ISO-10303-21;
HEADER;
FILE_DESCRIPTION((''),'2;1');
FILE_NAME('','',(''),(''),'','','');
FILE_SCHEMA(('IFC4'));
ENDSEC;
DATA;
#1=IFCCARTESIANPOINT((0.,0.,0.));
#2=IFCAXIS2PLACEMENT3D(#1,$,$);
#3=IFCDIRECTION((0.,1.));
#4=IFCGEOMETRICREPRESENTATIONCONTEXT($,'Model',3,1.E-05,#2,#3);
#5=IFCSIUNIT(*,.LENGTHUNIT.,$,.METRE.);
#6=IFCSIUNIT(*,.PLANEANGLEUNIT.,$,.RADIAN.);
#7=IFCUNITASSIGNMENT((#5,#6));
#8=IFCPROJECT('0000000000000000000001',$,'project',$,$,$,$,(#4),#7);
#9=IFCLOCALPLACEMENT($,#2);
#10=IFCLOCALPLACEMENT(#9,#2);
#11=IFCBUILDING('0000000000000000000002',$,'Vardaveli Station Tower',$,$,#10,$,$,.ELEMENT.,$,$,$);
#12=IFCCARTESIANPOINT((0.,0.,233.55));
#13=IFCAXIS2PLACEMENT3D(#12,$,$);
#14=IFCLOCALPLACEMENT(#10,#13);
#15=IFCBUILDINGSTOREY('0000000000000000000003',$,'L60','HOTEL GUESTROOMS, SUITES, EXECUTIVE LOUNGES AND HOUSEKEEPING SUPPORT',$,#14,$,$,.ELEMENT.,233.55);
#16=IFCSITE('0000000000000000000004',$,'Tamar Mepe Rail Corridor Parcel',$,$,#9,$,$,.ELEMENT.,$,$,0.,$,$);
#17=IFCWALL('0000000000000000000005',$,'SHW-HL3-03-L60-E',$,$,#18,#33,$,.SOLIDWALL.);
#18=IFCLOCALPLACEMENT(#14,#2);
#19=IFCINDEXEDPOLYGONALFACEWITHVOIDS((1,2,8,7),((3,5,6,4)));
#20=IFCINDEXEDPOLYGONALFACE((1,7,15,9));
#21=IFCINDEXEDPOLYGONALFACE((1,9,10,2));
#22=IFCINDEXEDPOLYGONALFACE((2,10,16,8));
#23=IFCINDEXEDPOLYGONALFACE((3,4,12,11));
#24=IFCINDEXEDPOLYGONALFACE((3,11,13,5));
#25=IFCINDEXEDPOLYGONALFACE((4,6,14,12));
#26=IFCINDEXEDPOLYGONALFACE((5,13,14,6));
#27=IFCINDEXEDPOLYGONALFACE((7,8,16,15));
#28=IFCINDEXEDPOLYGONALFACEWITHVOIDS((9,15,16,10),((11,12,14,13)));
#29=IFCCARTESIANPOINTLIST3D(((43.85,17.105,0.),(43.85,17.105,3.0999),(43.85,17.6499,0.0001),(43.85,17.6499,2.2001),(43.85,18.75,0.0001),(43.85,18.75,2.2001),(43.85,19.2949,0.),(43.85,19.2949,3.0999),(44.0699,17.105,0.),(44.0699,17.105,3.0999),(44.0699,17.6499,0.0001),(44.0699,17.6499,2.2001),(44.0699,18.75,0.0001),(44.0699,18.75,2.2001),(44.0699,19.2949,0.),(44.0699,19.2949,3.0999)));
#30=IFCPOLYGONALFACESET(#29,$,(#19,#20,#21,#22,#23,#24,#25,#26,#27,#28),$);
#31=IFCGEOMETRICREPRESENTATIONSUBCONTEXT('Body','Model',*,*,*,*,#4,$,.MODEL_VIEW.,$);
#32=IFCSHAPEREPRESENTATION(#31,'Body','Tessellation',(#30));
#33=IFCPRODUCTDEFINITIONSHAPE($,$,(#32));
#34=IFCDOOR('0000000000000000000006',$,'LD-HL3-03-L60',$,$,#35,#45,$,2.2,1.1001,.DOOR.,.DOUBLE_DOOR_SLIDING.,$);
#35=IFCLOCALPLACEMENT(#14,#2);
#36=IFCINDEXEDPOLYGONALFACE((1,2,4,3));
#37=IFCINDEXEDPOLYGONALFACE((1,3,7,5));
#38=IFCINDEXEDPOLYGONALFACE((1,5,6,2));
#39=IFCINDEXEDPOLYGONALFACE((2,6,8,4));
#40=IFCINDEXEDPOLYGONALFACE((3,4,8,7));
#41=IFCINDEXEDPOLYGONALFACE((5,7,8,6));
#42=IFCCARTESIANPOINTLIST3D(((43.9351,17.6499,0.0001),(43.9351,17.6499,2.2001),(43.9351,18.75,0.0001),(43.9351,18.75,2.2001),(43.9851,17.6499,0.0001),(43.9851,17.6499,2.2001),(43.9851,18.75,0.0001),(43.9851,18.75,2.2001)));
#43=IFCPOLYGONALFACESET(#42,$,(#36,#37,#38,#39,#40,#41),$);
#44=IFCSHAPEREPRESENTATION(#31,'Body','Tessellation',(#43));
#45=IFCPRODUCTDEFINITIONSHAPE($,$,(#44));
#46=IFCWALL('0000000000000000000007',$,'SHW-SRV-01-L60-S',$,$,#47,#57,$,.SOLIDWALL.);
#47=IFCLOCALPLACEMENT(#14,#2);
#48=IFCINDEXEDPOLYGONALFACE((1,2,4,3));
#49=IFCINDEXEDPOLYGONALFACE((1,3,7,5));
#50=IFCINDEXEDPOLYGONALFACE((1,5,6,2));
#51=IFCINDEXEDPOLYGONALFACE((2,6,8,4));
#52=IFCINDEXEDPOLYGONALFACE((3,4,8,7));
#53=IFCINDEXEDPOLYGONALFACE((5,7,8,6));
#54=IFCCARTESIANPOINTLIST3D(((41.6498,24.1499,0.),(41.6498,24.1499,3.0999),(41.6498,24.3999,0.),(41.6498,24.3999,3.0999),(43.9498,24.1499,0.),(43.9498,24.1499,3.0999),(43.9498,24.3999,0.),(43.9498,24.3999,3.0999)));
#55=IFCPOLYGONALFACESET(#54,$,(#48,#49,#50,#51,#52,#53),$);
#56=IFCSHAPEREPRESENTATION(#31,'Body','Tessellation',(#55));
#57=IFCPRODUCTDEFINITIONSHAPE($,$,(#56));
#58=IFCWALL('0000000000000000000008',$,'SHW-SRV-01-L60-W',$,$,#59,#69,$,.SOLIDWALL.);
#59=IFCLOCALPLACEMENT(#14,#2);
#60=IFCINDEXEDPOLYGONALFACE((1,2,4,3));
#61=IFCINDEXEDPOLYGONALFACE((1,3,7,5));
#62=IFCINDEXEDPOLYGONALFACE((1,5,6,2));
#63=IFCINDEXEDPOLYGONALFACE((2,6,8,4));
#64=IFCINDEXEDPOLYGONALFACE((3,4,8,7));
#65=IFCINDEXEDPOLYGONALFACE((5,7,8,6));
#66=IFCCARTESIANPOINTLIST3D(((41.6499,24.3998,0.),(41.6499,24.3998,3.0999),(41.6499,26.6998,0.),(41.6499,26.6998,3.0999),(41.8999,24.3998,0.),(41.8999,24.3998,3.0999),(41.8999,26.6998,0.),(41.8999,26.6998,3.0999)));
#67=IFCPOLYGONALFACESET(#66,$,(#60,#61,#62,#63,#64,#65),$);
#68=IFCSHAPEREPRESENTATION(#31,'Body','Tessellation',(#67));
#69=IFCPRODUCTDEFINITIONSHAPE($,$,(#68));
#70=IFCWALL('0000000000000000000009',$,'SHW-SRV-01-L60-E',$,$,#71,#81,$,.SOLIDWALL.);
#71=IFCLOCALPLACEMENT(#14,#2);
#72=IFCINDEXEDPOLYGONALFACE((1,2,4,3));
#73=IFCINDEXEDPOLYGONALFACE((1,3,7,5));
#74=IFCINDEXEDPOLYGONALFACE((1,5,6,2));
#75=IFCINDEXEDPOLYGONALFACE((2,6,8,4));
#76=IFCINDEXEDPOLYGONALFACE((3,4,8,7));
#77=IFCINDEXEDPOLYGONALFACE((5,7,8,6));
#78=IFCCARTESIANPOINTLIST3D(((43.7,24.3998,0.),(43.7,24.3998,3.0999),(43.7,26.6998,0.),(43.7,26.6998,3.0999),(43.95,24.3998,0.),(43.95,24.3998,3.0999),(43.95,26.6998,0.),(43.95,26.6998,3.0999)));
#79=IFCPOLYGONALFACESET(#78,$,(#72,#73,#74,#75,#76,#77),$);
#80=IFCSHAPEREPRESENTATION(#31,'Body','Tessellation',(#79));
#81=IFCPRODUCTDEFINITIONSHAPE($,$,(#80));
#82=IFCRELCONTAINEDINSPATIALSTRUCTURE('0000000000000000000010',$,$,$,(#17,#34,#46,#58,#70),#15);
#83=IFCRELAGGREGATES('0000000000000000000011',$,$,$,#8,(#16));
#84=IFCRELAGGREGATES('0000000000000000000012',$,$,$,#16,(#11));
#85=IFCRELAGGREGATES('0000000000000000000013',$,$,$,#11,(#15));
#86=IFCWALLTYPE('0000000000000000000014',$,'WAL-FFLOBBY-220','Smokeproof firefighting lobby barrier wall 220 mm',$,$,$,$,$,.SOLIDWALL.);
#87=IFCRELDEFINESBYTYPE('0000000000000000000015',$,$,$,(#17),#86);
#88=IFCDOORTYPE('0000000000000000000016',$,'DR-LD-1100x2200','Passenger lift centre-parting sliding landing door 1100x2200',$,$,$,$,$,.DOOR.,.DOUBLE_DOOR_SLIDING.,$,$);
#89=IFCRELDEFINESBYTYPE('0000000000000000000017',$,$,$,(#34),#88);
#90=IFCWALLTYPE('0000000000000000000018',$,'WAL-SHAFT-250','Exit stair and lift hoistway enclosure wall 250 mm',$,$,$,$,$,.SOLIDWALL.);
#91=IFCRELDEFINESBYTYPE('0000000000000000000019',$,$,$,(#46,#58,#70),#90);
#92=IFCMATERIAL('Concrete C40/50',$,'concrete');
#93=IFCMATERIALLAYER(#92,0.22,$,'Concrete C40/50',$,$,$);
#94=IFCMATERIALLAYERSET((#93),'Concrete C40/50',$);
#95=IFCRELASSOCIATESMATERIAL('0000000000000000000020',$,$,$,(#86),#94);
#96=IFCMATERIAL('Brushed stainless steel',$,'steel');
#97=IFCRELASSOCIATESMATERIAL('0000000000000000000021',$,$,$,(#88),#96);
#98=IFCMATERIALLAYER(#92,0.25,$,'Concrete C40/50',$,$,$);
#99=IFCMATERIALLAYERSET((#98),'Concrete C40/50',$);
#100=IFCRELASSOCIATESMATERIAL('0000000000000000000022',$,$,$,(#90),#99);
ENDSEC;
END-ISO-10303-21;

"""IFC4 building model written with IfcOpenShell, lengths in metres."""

from ifc_helpers import new_model, si_unit, direction, frame, frame_2d, origin, place, context, subcontext, project, spatial, rectangle, extrude, source, transform, mapped, material, layer, layer_set, type_object, element, fill, save


model = new_model("IFC4")

# Units and contexts
model_context = context("Model", 3, precision=1e-05, world=origin(), true_north=direction((0.0, 1.0)))
body_context = subcontext(model_context, "Body", "Model", "MODEL_VIEW")
ifc_project = project(units=[si_unit("LENGTHUNIT", "METRE"), si_unit("PLANEANGLEUNIT", "RADIAN")], contexts=[model_context])

# Site, building, storey
site_placement = place(None, origin())
site = spatial("IfcSite", under=ifc_project, at=site_placement, Name="Tamar Mepe Rail Corridor Parcel", CompositionType="ELEMENT", RefElevation=0.0)
building_placement = place(site_placement, origin())
building = spatial("IfcBuilding", under=site, at=building_placement, Name="Vardaveli Station Tower", CompositionType="ELEMENT")
storey_placement = place(building_placement, frame((0.0, 0.0, 233.55)))
storey = spatial("IfcBuildingStorey", under=building, at=storey_placement, Name="L60", Description="HOTEL GUESTROOMS, SUITES, EXECUTIVE LOUNGES AND HOUSEKEEPING SUPPORT", CompositionType="ELEMENT", Elevation=233.55)

# Shared definitions
ifc_material_1 = material(Name="Concrete C40/50", Category="concrete")
ifc_layer_1 = layer(ifc_material_1, 0.22, Name="Concrete C40/50")
ifc_layer_set_1 = layer_set([ifc_layer_1], Name="Concrete C40/50")
wall_type_1 = type_object("IfcWallType", Name="WAL-FFLOBBY-220", Description="Smokeproof firefighting lobby barrier wall 220 mm", PredefinedType="SOLIDWALL", material=ifc_layer_set_1)
shared_shape_1 = source(origin(), body_context, "Body", "SweptSolid", [
    extrude(rectangle(XDim=2.1899, YDim=0.22, at=frame_2d((1.095, 0.0))), origin(), (0.0, 0.0, 1.0), 3.0999),
])

# Shared definitions
shared_shape_2 = source(origin(), body_context, "Body", "SweptSolid", [
    extrude(rectangle(XDim=1.1001, YDim=2.2, at=frame_2d((0.55, 1.1001))), frame((0.0, 0.1201, 0.0), z_axis=(0.0, -1.0, 0.0), x_axis=(1.0, 0.0, 0.0)), (0.0, 0.0, 1.0), 0.24),
])
ifc_material_2 = material(Name="Brushed stainless steel", Category="steel")
door_type = type_object("IfcDoorType", Name="DR-LD-1100x2200", Description="Passenger lift centre-parting sliding landing door 1100x2200", OperationType="DOUBLE_DOOR_SLIDING", PredefinedType="DOOR", material=ifc_material_2)
shared_shape_3 = source(origin(), body_context, "Body", "SweptSolid", [
    extrude(rectangle(XDim=1.1001, YDim=2.2, at=frame_2d((0.55, 1.1001))), frame((0.0, 0.0249, 0.0), z_axis=(0.0, -1.0, 0.0), x_axis=(1.0, 0.0, 0.0)), (0.0, 0.0, 1.0), 0.05),
])

# Wall, opening, door
wall_1_placement = place(storey_placement, frame((43.96, 17.105, 0.0), z_axis=(0.0, 0.0, 1.0), x_axis=(0.0, 1.0, 0.0)))
wall_1 = element("IfcWall", 1, at=wall_1_placement, inside=storey, type_object=wall_type_1, Name="SHW-HL3-03-L60-E", PredefinedType="SOLIDWALL", context=body_context, shape_type="MappedRepresentation", body=[
    mapped(shared_shape_1, transform((0.0, 0.0, 0.0), scale=1.0)),
])
opening_1_placement = place(wall_1_placement, frame((0.5449, 0.0, 0.0)))
opening_1 = element("IfcOpeningElement", 2, at=opening_1_placement, cuts=wall_1, PredefinedType="OPENING", context=body_context, shape_type="MappedRepresentation", body=[
    mapped(shared_shape_2, transform((0.0, 0.0, 0.0), scale=1.0)),
])
door_1_placement = place(opening_1_placement, origin())
door_1 = element("IfcDoor", 3, at=door_1_placement, inside=storey, type_object=door_type, Name="LD-HL3-03-L60", OperationType="DOUBLE_DOOR_SLIDING", OverallHeight=2.2, OverallWidth=1.1001, PredefinedType="DOOR", context=body_context, shape_type="MappedRepresentation", body=[
    mapped(shared_shape_3, transform((0.0, 0.0, 0.0), scale=1.0)),
])
fill(opening_1, door_1)

# Walls
ifc_layer_2 = layer(ifc_material_1, 0.25, Name="Concrete C40/50")
ifc_layer_set_2 = layer_set([ifc_layer_2], Name="Concrete C40/50")
wall_type_2 = type_object("IfcWallType", Name="WAL-SHAFT-250", Description="Exit stair and lift hoistway enclosure wall 250 mm", PredefinedType="SOLIDWALL", material=ifc_layer_set_2)
shared_shape_4 = source(origin(), body_context, "Body", "SweptSolid", [
    extrude(rectangle(XDim=2.3, YDim=0.25, at=frame_2d((1.1499, 0.0))), origin(), (0.0, 0.0, 1.0), 3.0999),
])
for number, where, z_axis, x_axis, name in (
    (4, (41.6499, 24.2749, 0.0), (0.0, 0.0, 1.0), (1.0, 0.0, 0.0), "SHW-SRV-01-L60-S"),
    (5, (41.7749, 24.3999, 0.0), (0.0, 0.0, 1.0), (0.0, 1.0, 0.0), "SHW-SRV-01-L60-W"),
    (6, (43.825, 24.3999, 0.0), (0.0, 0.0, 1.0), (0.0, 1.0, 0.0), "SHW-SRV-01-L60-E"),
):
    element("IfcWall", number, at=place(storey_placement, frame(where, z_axis=z_axis, x_axis=x_axis)), inside=storey, type_object=wall_type_2, Name=name, PredefinedType="SOLIDWALL", context=body_context, shape_type="MappedRepresentation", body=[
        mapped(shared_shape_4, transform((0.0, 0.0, 0.0), scale=1.0)),
    ])

save(model, "model.ifc")
